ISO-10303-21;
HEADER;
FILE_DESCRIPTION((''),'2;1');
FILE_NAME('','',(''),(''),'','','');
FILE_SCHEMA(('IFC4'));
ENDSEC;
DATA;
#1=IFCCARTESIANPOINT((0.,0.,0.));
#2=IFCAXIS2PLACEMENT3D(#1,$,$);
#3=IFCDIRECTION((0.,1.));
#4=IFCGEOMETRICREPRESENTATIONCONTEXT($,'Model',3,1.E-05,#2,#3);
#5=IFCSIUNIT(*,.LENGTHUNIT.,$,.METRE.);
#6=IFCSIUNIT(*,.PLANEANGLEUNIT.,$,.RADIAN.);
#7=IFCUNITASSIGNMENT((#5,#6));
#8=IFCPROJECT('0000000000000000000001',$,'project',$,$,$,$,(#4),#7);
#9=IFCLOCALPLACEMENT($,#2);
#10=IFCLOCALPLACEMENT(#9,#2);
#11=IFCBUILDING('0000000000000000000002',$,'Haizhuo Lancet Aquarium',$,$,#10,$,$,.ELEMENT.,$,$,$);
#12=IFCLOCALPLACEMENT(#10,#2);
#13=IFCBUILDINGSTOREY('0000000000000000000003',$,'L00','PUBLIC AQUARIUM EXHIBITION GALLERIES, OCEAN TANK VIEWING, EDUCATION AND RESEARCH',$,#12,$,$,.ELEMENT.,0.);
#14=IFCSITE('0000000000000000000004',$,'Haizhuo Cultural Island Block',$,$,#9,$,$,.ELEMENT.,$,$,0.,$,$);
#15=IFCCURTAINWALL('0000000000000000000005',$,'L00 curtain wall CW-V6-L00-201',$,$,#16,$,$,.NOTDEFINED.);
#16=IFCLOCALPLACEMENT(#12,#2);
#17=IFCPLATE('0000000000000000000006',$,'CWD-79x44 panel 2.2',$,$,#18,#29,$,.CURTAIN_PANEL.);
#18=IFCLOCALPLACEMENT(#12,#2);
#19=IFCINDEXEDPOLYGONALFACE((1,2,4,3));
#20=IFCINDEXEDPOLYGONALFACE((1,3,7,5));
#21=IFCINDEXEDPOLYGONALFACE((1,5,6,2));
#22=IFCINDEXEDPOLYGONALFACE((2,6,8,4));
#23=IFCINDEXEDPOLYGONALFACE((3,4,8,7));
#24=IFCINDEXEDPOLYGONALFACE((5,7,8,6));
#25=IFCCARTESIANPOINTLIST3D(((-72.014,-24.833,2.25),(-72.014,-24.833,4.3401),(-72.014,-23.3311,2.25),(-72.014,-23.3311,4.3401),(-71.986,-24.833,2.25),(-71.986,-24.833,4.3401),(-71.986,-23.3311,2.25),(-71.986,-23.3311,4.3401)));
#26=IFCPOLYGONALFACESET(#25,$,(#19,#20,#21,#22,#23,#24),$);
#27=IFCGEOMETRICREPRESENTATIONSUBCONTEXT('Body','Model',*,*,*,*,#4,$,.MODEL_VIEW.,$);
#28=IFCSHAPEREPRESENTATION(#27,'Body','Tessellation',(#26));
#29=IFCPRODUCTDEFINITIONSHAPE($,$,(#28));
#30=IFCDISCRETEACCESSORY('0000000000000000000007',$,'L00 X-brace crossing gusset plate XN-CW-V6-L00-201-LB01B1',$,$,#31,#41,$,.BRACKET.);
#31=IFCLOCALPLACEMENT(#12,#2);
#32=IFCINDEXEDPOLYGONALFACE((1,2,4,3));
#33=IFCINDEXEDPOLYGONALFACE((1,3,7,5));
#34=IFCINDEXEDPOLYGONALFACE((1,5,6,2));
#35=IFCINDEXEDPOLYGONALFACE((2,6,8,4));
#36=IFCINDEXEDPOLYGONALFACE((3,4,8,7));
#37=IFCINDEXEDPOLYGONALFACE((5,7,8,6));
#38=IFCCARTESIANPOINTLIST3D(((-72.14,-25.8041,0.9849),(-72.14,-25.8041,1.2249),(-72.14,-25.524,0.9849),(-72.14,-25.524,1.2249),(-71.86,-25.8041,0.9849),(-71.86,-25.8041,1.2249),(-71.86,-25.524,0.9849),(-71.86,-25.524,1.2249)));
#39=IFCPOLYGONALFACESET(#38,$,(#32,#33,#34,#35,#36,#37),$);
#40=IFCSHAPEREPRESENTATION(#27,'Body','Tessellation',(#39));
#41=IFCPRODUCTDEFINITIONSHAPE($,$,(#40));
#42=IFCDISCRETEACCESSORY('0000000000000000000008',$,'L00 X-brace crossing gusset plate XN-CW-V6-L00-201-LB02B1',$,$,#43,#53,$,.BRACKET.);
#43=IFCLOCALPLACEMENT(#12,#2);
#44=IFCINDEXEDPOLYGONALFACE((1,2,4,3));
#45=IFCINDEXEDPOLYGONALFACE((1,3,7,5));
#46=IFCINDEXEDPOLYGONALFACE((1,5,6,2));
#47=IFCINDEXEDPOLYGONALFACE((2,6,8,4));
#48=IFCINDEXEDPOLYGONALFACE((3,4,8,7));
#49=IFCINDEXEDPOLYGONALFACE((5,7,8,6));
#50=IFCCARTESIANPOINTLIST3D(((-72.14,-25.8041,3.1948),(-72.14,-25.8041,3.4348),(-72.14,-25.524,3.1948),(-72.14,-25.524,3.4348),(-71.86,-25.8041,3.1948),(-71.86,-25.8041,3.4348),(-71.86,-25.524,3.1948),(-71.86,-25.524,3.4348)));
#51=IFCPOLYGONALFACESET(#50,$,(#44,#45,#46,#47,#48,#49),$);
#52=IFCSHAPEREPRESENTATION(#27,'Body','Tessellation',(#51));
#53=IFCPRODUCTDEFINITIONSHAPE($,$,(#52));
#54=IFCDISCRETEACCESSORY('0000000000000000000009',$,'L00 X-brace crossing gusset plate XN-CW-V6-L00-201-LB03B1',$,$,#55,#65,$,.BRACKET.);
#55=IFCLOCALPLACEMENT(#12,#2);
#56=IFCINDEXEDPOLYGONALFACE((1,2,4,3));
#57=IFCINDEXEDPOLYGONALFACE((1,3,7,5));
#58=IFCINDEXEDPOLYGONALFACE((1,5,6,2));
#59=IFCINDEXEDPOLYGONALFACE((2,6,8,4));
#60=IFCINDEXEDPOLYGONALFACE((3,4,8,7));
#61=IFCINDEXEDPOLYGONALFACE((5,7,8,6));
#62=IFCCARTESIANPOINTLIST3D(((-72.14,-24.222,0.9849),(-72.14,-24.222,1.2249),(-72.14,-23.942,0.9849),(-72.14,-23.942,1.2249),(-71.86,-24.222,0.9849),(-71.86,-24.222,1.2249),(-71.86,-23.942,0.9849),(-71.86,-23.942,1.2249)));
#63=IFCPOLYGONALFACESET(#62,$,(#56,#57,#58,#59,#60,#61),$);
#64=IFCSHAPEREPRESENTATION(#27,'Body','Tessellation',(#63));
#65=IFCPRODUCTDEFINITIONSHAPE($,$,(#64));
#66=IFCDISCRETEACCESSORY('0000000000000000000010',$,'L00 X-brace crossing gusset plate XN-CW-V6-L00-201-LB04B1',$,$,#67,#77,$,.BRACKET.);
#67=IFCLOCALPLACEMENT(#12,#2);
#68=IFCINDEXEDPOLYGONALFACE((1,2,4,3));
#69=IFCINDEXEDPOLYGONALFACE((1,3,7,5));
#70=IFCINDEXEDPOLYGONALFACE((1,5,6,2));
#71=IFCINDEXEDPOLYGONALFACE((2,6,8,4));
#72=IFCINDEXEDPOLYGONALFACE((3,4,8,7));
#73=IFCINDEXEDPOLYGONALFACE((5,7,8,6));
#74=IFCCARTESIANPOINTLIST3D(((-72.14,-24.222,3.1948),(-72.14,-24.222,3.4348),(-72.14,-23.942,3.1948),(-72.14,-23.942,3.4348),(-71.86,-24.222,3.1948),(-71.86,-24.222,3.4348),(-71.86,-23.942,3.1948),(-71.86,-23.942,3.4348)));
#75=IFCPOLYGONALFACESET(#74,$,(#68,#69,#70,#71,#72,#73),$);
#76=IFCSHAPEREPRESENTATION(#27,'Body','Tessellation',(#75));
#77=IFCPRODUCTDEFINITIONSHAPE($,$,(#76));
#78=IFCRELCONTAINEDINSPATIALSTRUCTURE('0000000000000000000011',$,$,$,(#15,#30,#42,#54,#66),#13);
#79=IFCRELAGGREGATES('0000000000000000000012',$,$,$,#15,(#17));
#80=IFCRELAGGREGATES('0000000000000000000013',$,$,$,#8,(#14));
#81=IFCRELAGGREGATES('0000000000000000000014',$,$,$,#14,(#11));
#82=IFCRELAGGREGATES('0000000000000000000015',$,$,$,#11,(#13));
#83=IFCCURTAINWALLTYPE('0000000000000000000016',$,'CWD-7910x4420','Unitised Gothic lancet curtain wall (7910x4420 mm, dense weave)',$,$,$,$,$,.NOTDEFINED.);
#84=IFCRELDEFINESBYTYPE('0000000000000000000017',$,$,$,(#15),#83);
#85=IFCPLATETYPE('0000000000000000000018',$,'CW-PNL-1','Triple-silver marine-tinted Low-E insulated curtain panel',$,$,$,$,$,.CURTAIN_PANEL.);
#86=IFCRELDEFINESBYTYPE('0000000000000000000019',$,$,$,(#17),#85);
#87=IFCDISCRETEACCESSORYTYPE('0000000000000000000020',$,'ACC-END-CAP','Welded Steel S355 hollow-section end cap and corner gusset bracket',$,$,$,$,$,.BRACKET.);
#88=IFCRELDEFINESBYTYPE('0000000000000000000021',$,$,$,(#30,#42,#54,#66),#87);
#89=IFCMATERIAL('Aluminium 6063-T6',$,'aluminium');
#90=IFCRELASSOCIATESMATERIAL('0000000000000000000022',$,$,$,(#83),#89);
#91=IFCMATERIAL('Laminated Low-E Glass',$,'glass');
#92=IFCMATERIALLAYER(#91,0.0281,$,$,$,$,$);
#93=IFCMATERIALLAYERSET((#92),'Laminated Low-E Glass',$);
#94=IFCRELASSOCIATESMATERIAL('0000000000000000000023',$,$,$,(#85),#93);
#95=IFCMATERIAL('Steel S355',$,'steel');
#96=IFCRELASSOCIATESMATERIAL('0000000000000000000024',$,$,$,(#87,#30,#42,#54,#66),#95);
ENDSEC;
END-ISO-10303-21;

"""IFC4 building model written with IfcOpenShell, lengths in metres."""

from ifc_helpers import new_model, si_unit, direction, frame, origin, origin_2d, place, context, subcontext, project, spatial, rectangle, extrude, material, layer, layer_set, type_object, element, aggregate, save


model = new_model("IFC4")

# Units and contexts
model_context = context("Model", 3, precision=1e-05, world=origin(), true_north=direction((0.0, 1.0)))
body_context = subcontext(model_context, "Body", "Model", "MODEL_VIEW")
ifc_project = project(units=[si_unit("LENGTHUNIT", "METRE"), si_unit("PLANEANGLEUNIT", "RADIAN")], contexts=[model_context])

# Site, building, storey
site_placement = place(None, origin())
site = spatial("IfcSite", under=ifc_project, at=site_placement, Name="Haizhuo Cultural Island Block", CompositionType="ELEMENT", RefElevation=0.0)
building_placement = place(site_placement, origin())
building = spatial("IfcBuilding", under=site, at=building_placement, Name="Haizhuo Lancet Aquarium", CompositionType="ELEMENT")
storey_placement = place(building_placement, origin())
storey = spatial("IfcBuildingStorey", under=building, at=storey_placement, Name="L00", Description="PUBLIC AQUARIUM EXHIBITION GALLERIES, OCEAN TANK VIEWING, EDUCATION AND RESEARCH", CompositionType="ELEMENT", Elevation=0.0)

# Shared definitions
ifc_material_1 = material(Name="Steel S355", Category="steel")

# Curtain wall
ifc_material_2 = material(Name="Aluminium 6063-T6", Category="aluminium")
curtain_wall_type = type_object("IfcCurtainWallType", Name="CWD-7910x4420", Description="Unitised Gothic lancet curtain wall (7910x4420 mm, dense weave)", PredefinedType="NOTDEFINED", material=ifc_material_2)
curtain_wall_placement = place(storey_placement, origin())
curtain_wall = element("IfcCurtainWall", 1, at=curtain_wall_placement, inside=storey, type_object=curtain_wall_type, Name="L00 curtain wall CW-V6-L00-201", PredefinedType="NOTDEFINED")

# Plate
ifc_material_3 = material(Name="Laminated Low-E Glass", Category="glass")
ifc_layer = layer(ifc_material_3, 0.0281)
ifc_layer_set = layer_set([ifc_layer], Name="Laminated Low-E Glass")
plate_type = type_object("IfcPlateType", Name="CW-PNL-1", Description="Triple-silver marine-tinted Low-E insulated curtain panel", PredefinedType="CURTAIN_PANEL", material=ifc_layer_set)
plate_1_placement = place(storey_placement, frame((-72.0, -24.082, 2.25), z_axis=(0.0, 0.0, 1.0), x_axis=(0.0, 1.0, 0.0)))
plate_1 = element("IfcPlate", 2, at=plate_1_placement, type_object=plate_type, Name="CWD-79x44 panel 2.2", PredefinedType="CURTAIN_PANEL", context=body_context, shape_type="SweptSolid", body=[
    extrude(rectangle(XDim=1.502, YDim=0.0281, at=origin_2d()), origin(), (0.0, 0.0, 1.0), 2.0901),
])
aggregate(curtain_wall, [plate_1])

# Discrete accessories
discrete_accessory_type = type_object("IfcDiscreteAccessoryType", Name="ACC-END-CAP", Description="Welded Steel S355 hollow-section end cap and corner gusset bracket", PredefinedType="BRACKET", material=ifc_material_1)
for number, where, z_axis, x_axis, name in (
    (3, (-72.0, -25.6641, 0.9849), (0.0, 0.0, 1.0), (1.0, 0.0, 0.0), "L00 X-brace crossing gusset plate XN-CW-V6-L00-201-LB01B1"),
    (4, (-72.0, -25.6641, 3.1948), (0.0, 0.0, 1.0), (1.0, 0.0, 0.0), "L00 X-brace crossing gusset plate XN-CW-V6-L00-201-LB02B1"),
    (5, (-72.0, -24.082, 0.9849), (0.0, 0.0, 1.0), (1.0, 0.0, 0.0), "L00 X-brace crossing gusset plate XN-CW-V6-L00-201-LB03B1"),
    (6, (-72.0, -24.082, 3.1948), (0.0, 0.0, 1.0), (1.0, 0.0, 0.0), "L00 X-brace crossing gusset plate XN-CW-V6-L00-201-LB04B1"),
):
    element("IfcDiscreteAccessory", number, at=place(storey_placement, frame(where, z_axis=z_axis, x_axis=x_axis)), inside=storey, type_object=discrete_accessory_type, material=ifc_material_1, Name=name, PredefinedType="BRACKET", context=body_context, shape_type="SweptSolid", body=[
        extrude(rectangle(XDim=0.28, YDim=0.28, at=origin_2d()), origin(), (0.0, 0.0, 1.0), 0.24),
    ])

save(model, "model.ifc")
